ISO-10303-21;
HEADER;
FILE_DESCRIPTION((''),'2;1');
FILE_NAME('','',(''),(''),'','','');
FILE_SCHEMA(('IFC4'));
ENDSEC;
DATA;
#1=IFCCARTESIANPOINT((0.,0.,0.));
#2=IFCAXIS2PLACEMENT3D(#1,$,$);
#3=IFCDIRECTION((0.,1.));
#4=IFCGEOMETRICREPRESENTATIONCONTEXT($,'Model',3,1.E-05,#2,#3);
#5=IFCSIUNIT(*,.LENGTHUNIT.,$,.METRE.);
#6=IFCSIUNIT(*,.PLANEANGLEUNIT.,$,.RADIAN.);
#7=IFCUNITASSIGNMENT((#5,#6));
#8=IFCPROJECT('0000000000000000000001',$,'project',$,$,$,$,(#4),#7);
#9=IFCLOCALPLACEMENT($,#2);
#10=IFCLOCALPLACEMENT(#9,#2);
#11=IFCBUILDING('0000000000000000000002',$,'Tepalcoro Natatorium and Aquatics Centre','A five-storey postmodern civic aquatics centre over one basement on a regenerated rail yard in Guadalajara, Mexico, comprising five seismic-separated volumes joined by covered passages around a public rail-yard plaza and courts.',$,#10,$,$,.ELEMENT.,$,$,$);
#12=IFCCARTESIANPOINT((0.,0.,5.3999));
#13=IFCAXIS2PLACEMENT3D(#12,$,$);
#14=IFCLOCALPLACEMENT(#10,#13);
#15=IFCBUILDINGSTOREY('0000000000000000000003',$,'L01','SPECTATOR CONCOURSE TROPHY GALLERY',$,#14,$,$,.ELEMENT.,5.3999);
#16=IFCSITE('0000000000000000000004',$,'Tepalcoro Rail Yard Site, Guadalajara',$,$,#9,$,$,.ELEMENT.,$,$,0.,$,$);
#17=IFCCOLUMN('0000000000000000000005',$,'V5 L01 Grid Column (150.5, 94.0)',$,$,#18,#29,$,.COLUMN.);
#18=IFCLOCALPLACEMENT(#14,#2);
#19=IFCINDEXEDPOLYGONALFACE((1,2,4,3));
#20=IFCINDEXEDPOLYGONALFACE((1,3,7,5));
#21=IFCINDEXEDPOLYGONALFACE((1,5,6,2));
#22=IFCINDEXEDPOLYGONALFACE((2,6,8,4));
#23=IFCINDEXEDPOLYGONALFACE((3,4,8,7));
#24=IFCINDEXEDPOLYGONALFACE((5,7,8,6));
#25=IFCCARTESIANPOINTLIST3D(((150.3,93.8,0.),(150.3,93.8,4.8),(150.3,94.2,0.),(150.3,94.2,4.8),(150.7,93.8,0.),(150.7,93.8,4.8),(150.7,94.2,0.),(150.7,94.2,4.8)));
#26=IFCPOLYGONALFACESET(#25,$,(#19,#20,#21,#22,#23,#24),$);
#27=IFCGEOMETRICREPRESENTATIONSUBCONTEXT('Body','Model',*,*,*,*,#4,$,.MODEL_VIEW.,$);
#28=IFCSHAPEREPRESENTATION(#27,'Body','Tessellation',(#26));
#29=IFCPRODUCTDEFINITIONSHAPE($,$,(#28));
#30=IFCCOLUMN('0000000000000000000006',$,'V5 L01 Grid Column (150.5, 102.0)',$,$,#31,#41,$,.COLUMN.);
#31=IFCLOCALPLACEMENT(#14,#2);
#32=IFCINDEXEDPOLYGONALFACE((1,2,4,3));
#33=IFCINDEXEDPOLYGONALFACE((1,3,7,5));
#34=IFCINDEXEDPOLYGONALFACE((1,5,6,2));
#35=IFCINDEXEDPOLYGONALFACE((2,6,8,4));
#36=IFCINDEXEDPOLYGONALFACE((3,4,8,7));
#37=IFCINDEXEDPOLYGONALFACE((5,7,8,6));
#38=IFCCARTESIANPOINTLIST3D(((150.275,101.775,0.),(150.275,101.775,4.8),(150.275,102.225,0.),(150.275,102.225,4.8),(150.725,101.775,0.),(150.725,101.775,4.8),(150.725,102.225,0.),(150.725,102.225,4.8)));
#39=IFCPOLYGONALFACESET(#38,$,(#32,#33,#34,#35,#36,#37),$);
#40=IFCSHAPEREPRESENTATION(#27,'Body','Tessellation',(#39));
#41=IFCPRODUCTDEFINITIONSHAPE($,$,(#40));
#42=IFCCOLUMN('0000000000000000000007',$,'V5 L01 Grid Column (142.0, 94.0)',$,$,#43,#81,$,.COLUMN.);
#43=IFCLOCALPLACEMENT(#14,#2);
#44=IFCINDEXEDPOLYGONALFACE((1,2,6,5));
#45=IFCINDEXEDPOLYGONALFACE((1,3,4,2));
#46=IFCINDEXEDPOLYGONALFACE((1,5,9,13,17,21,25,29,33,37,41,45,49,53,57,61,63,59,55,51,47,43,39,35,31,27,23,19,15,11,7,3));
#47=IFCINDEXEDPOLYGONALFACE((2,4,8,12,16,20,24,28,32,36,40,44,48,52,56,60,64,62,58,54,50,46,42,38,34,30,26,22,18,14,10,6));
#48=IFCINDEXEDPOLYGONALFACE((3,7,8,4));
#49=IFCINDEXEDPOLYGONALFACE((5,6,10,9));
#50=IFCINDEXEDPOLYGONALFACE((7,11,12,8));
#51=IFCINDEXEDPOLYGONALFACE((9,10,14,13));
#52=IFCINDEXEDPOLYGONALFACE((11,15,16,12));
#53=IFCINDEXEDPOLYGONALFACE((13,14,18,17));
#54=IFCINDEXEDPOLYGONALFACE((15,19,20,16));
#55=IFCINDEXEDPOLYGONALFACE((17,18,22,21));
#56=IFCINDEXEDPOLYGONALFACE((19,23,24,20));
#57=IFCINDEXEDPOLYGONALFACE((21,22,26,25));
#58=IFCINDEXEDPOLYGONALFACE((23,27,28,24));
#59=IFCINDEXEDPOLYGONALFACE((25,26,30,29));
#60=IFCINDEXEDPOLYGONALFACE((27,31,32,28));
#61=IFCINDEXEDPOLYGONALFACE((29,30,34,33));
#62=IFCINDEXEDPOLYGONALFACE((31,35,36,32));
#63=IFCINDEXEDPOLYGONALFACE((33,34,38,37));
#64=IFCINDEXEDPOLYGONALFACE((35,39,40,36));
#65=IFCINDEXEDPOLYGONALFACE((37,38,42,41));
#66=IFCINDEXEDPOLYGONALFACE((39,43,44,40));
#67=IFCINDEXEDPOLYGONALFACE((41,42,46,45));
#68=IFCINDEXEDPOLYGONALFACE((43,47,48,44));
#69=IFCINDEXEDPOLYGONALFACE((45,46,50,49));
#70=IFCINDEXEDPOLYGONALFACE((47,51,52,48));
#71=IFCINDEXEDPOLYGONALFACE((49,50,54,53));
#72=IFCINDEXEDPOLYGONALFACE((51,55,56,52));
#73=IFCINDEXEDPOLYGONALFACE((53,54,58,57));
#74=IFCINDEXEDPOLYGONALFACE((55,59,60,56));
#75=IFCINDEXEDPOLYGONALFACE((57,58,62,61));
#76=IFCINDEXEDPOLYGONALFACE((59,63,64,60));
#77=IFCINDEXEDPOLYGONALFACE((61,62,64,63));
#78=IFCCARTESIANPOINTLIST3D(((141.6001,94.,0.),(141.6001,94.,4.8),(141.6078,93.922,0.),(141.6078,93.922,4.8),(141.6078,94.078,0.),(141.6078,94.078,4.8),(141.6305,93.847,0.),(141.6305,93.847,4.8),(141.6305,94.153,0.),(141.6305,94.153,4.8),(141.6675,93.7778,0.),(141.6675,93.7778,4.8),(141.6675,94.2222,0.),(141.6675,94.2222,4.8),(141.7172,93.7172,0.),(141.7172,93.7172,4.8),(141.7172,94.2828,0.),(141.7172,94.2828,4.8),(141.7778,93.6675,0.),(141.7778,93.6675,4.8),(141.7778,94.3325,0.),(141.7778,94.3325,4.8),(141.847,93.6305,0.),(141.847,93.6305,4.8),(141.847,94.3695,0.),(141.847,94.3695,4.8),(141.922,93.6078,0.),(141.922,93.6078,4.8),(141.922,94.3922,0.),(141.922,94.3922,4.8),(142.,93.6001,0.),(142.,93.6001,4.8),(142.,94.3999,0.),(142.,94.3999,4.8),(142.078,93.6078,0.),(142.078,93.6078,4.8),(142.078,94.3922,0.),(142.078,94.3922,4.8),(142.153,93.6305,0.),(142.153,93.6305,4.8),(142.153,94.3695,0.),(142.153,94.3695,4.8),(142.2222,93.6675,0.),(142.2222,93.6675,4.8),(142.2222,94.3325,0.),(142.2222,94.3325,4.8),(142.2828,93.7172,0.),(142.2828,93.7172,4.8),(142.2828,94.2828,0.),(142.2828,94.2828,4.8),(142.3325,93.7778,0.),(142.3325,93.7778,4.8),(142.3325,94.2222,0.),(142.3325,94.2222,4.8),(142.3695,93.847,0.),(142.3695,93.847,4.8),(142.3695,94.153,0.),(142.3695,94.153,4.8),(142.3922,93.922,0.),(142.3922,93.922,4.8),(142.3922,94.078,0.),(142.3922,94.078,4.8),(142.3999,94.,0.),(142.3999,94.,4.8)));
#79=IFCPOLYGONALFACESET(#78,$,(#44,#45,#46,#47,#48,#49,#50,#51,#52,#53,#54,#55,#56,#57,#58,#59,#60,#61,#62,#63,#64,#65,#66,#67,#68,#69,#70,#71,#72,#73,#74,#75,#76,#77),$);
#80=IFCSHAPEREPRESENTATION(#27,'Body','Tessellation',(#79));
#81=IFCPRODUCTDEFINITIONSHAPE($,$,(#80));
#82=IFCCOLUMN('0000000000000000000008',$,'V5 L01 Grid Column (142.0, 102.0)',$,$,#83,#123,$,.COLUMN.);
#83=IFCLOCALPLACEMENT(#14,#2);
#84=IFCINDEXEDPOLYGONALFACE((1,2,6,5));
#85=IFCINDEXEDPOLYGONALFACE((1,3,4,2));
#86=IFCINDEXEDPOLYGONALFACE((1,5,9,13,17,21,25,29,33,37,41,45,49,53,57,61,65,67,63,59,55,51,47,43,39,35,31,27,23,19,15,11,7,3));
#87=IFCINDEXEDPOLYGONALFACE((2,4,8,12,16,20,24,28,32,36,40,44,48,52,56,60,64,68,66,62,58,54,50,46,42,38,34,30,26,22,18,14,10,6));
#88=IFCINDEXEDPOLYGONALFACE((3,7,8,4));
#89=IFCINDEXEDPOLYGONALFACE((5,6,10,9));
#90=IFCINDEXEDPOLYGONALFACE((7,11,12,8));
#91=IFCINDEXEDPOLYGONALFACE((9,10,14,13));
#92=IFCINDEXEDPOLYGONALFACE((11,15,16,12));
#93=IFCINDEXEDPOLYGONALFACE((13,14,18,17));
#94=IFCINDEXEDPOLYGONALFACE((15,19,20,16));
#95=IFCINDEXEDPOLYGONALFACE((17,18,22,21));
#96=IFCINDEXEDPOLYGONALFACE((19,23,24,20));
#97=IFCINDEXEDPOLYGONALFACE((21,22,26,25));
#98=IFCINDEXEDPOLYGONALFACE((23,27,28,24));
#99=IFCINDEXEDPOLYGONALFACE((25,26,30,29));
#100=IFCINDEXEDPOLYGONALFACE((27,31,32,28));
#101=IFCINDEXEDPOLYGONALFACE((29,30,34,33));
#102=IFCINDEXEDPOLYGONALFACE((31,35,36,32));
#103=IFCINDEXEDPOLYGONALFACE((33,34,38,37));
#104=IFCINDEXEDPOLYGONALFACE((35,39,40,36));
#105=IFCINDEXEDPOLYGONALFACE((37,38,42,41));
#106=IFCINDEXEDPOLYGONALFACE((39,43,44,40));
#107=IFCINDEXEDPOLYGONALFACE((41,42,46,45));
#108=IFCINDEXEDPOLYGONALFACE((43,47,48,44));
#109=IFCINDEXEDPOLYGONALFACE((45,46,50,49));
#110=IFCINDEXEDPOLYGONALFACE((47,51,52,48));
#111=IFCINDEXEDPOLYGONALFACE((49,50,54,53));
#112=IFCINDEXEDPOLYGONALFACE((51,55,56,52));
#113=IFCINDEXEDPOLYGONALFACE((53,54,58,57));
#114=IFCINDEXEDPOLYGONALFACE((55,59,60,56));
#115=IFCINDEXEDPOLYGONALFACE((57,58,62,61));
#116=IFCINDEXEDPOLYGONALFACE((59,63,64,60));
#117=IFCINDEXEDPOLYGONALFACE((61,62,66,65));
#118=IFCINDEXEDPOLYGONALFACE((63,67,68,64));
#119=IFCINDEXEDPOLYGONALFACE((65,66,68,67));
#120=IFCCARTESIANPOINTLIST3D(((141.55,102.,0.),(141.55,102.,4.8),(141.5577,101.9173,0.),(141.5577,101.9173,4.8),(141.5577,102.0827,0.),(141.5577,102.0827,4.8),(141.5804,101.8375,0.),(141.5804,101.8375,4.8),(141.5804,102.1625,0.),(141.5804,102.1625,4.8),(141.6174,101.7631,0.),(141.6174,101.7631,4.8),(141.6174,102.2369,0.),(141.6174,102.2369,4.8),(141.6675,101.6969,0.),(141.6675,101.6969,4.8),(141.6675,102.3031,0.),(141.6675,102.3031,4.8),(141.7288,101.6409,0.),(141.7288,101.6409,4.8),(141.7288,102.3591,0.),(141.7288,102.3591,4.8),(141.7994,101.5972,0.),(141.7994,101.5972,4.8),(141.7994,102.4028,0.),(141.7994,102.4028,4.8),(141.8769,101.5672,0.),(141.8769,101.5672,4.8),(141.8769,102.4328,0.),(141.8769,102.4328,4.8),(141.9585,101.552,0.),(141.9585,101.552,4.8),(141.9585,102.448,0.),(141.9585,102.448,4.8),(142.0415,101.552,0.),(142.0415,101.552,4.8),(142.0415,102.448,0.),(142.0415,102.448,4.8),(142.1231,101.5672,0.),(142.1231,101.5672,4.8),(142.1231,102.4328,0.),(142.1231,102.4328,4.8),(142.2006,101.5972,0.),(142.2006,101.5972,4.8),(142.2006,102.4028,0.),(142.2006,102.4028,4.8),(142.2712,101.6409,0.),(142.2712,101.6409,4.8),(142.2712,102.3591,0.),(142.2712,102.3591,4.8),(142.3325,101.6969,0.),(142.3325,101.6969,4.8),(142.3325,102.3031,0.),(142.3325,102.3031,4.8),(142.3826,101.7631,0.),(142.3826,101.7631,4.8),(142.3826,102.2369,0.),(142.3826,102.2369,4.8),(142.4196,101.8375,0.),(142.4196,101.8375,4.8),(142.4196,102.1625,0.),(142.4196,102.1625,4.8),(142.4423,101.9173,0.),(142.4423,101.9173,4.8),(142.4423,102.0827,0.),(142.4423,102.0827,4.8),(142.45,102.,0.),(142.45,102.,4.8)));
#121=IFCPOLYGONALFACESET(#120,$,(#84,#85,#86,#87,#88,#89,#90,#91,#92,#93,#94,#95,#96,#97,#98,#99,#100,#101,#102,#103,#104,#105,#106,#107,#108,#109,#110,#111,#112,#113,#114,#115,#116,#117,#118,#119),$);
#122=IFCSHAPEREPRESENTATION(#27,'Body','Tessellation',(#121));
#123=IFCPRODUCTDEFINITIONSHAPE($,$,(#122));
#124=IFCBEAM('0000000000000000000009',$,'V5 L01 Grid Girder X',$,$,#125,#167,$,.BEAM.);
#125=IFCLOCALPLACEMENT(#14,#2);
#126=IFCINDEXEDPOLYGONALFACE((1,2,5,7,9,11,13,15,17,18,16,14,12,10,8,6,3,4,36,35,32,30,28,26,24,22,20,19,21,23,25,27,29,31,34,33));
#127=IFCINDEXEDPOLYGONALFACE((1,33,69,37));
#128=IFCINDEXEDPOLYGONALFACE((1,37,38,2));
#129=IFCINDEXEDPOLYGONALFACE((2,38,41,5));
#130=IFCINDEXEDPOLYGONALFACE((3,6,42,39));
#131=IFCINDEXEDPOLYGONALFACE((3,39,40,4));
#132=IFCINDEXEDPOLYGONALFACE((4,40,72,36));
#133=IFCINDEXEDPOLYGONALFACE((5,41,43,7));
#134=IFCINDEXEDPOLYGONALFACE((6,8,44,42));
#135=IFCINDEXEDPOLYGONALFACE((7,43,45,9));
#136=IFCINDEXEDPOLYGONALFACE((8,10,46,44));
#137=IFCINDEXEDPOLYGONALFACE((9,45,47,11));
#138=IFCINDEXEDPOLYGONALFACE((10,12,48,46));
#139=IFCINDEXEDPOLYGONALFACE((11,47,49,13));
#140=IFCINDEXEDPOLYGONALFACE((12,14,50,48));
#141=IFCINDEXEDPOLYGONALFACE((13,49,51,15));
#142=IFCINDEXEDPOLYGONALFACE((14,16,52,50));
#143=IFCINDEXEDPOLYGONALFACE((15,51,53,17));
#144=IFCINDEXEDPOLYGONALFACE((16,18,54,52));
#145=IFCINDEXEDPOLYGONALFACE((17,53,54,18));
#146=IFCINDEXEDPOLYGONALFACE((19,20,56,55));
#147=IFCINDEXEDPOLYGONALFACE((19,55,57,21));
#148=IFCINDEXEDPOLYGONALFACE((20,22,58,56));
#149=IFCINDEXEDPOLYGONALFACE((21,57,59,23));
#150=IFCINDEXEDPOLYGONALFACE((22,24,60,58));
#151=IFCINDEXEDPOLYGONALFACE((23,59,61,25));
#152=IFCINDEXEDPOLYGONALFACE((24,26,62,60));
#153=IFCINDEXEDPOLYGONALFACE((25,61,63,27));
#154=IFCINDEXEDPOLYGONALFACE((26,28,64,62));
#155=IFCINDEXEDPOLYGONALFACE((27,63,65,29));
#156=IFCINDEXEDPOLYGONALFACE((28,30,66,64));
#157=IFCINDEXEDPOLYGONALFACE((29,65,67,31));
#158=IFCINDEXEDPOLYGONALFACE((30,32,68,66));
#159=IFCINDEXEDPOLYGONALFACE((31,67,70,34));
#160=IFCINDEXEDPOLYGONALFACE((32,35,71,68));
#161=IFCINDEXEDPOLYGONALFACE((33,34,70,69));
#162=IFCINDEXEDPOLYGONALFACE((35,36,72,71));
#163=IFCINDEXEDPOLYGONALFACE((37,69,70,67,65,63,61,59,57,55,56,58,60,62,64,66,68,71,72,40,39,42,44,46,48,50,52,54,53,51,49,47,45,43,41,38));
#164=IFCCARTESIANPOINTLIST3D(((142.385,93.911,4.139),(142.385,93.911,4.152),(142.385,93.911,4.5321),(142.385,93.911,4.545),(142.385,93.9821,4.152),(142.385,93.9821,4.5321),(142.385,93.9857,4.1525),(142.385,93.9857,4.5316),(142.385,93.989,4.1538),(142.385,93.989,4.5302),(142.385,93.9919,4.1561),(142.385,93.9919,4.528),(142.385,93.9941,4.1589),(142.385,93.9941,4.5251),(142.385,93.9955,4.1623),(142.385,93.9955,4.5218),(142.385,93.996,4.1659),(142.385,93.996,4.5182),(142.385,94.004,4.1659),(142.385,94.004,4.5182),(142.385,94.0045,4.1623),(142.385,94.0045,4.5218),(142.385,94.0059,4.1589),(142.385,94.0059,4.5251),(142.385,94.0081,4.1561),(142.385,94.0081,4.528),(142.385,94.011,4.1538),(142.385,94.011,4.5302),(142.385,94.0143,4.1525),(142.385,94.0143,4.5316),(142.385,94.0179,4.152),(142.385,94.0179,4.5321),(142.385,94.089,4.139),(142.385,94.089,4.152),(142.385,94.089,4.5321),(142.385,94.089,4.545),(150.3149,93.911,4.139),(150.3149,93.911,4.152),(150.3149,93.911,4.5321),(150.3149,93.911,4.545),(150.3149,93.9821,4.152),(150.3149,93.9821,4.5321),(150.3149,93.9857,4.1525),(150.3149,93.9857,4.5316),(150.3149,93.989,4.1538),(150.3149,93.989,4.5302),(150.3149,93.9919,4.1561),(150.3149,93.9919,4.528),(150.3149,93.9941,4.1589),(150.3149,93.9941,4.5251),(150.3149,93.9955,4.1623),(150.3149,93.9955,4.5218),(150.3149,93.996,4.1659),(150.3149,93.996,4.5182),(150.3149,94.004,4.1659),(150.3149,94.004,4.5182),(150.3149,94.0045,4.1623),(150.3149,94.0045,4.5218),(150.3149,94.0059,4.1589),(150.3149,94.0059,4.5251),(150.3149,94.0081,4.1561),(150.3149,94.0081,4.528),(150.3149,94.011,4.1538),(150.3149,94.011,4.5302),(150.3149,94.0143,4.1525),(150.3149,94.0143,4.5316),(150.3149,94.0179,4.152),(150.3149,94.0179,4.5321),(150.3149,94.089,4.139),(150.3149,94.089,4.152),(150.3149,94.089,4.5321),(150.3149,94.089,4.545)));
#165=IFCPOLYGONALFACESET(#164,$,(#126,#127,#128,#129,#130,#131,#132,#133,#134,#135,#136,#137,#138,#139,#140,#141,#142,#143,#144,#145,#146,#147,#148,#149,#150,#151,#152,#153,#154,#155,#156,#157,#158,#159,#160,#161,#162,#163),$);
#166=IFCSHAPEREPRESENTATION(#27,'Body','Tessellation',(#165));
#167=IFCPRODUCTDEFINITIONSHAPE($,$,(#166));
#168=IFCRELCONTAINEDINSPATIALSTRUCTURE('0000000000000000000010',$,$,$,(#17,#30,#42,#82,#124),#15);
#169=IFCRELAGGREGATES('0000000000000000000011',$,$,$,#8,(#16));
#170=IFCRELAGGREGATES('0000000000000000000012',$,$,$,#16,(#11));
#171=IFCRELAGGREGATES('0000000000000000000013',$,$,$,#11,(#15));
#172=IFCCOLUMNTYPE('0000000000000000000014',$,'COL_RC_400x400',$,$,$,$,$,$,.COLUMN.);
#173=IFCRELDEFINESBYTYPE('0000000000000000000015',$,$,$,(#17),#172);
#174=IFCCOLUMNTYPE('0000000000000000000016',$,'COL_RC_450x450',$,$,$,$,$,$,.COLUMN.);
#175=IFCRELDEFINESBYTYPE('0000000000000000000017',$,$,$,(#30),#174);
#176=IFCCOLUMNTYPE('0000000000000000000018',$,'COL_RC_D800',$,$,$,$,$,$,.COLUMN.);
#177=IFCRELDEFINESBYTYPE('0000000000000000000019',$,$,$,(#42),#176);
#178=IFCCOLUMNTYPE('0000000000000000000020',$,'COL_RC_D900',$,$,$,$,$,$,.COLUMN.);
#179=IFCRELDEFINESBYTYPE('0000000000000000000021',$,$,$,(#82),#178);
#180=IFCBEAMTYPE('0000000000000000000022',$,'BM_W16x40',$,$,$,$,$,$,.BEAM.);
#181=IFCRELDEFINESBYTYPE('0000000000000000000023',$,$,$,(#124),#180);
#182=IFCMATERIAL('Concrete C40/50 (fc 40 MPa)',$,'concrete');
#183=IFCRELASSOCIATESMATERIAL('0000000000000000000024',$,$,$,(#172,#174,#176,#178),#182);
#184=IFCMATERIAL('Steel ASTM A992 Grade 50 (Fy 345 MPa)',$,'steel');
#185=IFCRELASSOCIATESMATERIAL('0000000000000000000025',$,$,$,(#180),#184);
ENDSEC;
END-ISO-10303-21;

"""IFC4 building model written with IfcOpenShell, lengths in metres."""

from ifc_helpers import new_model, si_unit, direction, frame, origin, origin_2d, place, context, subcontext, project, spatial, rectangle, circle, i_section, extrude, material, material_profile, profile_set, type_object, element, save


model = new_model("IFC4")

# Units and contexts
model_context = context("Model", 3, precision=1e-05, world=origin(), true_north=direction((0.0, 1.0)))
body_context = subcontext(model_context, "Body", "Model", "MODEL_VIEW")
ifc_project = project(units=[si_unit("LENGTHUNIT", "METRE"), si_unit("PLANEANGLEUNIT", "RADIAN")], contexts=[model_context])

# Site, building, storey
site_placement = place(None, origin())
site = spatial("IfcSite", under=ifc_project, at=site_placement, Name="Tepalcoro Rail Yard Site, Guadalajara", CompositionType="ELEMENT", RefElevation=0.0)
building_placement = place(site_placement, origin())
building = spatial("IfcBuilding", under=site, at=building_placement, Name="Tepalcoro Natatorium and Aquatics Centre", Description="A five-storey postmodern civic aquatics centre over one basement on a regenerated rail yard in Guadalajara, Mexico, comprising five seismic-separated volumes joined by covered passages around a public rail-yard plaza and courts.", CompositionType="ELEMENT")
storey_placement = place(building_placement, frame((0.0, 0.0, 5.3999)))
storey = spatial("IfcBuildingStorey", under=building, at=storey_placement, Name="L01", Description="SPECTATOR CONCOURSE TROPHY GALLERY", CompositionType="ELEMENT", Elevation=5.3999)

# Columns
ifc_material_1 = material(Name="Concrete C40/50 (fc 40 MPa)", Category="concrete")
ifc_material_profile_1 = material_profile(ifc_material_1, rectangle(XDim=0.3999, YDim=0.3999, at=origin_2d()), Name="RC400x400")
ifc_profile_set_1 = profile_set([ifc_material_profile_1], Name="Concrete C40/50 (fc 40 MPa)")
column_type_1 = type_object("IfcColumnType", Name="COL_RC_400x400", PredefinedType="COLUMN", material=ifc_profile_set_1)
column_1_placement = place(storey_placement, frame((150.5, 94.0, 0.0), z_axis=(0.0, 0.0, 1.0), x_axis=(1.0, 0.0, 0.0)))
element("IfcColumn", 1, at=column_1_placement, inside=storey, type_object=column_type_1, Name="V5 L01 Grid Column (150.5, 94.0)", PredefinedType="COLUMN", context=body_context, shape_type="SweptSolid", body=[
    extrude(rectangle(XDim=0.3999, YDim=0.3999, at=origin_2d()), origin(), (0.0, 0.0, 1.0), 4.8),
])
ifc_material_profile_2 = material_profile(ifc_material_1, rectangle(XDim=0.45, YDim=0.45, at=origin_2d()), Name="RC450x450")
ifc_profile_set_2 = profile_set([ifc_material_profile_2], Name="Concrete C40/50 (fc 40 MPa)")
column_type_2 = type_object("IfcColumnType", Name="COL_RC_450x450", PredefinedType="COLUMN", material=ifc_profile_set_2)
column_2_placement = place(storey_placement, frame((150.5, 102.0, 0.0), z_axis=(0.0, 0.0, 1.0), x_axis=(1.0, 0.0, 0.0)))
element("IfcColumn", 2, at=column_2_placement, inside=storey, type_object=column_type_2, Name="V5 L01 Grid Column (150.5, 102.0)", PredefinedType="COLUMN", context=body_context, shape_type="SweptSolid", body=[
    extrude(rectangle(XDim=0.45, YDim=0.45, at=origin_2d()), origin(), (0.0, 0.0, 1.0), 4.8),
])
ifc_material_profile_3 = material_profile(ifc_material_1, circle(Radius=0.3999, at=origin_2d()), Name="RCD800")
ifc_profile_set_3 = profile_set([ifc_material_profile_3], Name="Concrete C40/50 (fc 40 MPa)")
column_type_3 = type_object("IfcColumnType", Name="COL_RC_D800", PredefinedType="COLUMN", material=ifc_profile_set_3)
column_3_placement = place(storey_placement, frame((142.0, 94.0, 0.0), z_axis=(0.0, 0.0, 1.0), x_axis=(1.0, 0.0, 0.0)))
element("IfcColumn", 3, at=column_3_placement, inside=storey, type_object=column_type_3, Name="V5 L01 Grid Column (142.0, 94.0)", PredefinedType="COLUMN", context=body_context, shape_type="SweptSolid", body=[
    extrude(circle(Radius=0.3999, at=origin_2d()), origin(), (0.0, 0.0, 1.0), 4.8),
])
ifc_material_profile_4 = material_profile(ifc_material_1, circle(Radius=0.45, at=origin_2d()), Name="RCD900")
ifc_profile_set_4 = profile_set([ifc_material_profile_4], Name="Concrete C40/50 (fc 40 MPa)")
column_type_4 = type_object("IfcColumnType", Name="COL_RC_D900", PredefinedType="COLUMN", material=ifc_profile_set_4)
column_4_placement = place(storey_placement, frame((142.0, 102.0, 0.0), z_axis=(0.0, 0.0, 1.0), x_axis=(1.0, 0.0, 0.0)))
element("IfcColumn", 4, at=column_4_placement, inside=storey, type_object=column_type_4, Name="V5 L01 Grid Column (142.0, 102.0)", PredefinedType="COLUMN", context=body_context, shape_type="SweptSolid", body=[
    extrude(circle(Radius=0.45, at=origin_2d()), origin(), (0.0, 0.0, 1.0), 4.8),
])

# Beam
ifc_material_2 = material(Name="Steel ASTM A992 Grade 50 (Fy 345 MPa)", Category="steel")
ifc_material_profile_5 = material_profile(ifc_material_2, i_section(OverallWidth=0.178, OverallDepth=0.406, WebThickness=0.0081, FlangeThickness=0.0129, FilletRadius=0.0139, at=origin_2d()), Name="W16X40")
ifc_profile_set_5 = profile_set([ifc_material_profile_5], Name="Steel ASTM A992 Grade 50 (Fy 345 MPa)")
beam_type_1 = type_object("IfcBeamType", Name="BM_W16x40", PredefinedType="BEAM", material=ifc_profile_set_5)
beam_1_placement = place(storey_placement, frame((142.385, 94.0, 4.342), z_axis=(1.0, 0.0, 0.0), x_axis=(0.0, 1.0, 0.0)))
element("IfcBeam", 5, at=beam_1_placement, inside=storey, type_object=beam_type_1, Name="V5 L01 Grid Girder X", PredefinedType="BEAM", context=body_context, shape_type="SweptSolid", body=[
    extrude(i_section(OverallWidth=0.178, OverallDepth=0.406, WebThickness=0.0081, FlangeThickness=0.0129, FilletRadius=0.0139, at=origin_2d()), origin(), (0.0, 0.0, 1.0), 7.9299),
])

save(model, "model.ifc")
